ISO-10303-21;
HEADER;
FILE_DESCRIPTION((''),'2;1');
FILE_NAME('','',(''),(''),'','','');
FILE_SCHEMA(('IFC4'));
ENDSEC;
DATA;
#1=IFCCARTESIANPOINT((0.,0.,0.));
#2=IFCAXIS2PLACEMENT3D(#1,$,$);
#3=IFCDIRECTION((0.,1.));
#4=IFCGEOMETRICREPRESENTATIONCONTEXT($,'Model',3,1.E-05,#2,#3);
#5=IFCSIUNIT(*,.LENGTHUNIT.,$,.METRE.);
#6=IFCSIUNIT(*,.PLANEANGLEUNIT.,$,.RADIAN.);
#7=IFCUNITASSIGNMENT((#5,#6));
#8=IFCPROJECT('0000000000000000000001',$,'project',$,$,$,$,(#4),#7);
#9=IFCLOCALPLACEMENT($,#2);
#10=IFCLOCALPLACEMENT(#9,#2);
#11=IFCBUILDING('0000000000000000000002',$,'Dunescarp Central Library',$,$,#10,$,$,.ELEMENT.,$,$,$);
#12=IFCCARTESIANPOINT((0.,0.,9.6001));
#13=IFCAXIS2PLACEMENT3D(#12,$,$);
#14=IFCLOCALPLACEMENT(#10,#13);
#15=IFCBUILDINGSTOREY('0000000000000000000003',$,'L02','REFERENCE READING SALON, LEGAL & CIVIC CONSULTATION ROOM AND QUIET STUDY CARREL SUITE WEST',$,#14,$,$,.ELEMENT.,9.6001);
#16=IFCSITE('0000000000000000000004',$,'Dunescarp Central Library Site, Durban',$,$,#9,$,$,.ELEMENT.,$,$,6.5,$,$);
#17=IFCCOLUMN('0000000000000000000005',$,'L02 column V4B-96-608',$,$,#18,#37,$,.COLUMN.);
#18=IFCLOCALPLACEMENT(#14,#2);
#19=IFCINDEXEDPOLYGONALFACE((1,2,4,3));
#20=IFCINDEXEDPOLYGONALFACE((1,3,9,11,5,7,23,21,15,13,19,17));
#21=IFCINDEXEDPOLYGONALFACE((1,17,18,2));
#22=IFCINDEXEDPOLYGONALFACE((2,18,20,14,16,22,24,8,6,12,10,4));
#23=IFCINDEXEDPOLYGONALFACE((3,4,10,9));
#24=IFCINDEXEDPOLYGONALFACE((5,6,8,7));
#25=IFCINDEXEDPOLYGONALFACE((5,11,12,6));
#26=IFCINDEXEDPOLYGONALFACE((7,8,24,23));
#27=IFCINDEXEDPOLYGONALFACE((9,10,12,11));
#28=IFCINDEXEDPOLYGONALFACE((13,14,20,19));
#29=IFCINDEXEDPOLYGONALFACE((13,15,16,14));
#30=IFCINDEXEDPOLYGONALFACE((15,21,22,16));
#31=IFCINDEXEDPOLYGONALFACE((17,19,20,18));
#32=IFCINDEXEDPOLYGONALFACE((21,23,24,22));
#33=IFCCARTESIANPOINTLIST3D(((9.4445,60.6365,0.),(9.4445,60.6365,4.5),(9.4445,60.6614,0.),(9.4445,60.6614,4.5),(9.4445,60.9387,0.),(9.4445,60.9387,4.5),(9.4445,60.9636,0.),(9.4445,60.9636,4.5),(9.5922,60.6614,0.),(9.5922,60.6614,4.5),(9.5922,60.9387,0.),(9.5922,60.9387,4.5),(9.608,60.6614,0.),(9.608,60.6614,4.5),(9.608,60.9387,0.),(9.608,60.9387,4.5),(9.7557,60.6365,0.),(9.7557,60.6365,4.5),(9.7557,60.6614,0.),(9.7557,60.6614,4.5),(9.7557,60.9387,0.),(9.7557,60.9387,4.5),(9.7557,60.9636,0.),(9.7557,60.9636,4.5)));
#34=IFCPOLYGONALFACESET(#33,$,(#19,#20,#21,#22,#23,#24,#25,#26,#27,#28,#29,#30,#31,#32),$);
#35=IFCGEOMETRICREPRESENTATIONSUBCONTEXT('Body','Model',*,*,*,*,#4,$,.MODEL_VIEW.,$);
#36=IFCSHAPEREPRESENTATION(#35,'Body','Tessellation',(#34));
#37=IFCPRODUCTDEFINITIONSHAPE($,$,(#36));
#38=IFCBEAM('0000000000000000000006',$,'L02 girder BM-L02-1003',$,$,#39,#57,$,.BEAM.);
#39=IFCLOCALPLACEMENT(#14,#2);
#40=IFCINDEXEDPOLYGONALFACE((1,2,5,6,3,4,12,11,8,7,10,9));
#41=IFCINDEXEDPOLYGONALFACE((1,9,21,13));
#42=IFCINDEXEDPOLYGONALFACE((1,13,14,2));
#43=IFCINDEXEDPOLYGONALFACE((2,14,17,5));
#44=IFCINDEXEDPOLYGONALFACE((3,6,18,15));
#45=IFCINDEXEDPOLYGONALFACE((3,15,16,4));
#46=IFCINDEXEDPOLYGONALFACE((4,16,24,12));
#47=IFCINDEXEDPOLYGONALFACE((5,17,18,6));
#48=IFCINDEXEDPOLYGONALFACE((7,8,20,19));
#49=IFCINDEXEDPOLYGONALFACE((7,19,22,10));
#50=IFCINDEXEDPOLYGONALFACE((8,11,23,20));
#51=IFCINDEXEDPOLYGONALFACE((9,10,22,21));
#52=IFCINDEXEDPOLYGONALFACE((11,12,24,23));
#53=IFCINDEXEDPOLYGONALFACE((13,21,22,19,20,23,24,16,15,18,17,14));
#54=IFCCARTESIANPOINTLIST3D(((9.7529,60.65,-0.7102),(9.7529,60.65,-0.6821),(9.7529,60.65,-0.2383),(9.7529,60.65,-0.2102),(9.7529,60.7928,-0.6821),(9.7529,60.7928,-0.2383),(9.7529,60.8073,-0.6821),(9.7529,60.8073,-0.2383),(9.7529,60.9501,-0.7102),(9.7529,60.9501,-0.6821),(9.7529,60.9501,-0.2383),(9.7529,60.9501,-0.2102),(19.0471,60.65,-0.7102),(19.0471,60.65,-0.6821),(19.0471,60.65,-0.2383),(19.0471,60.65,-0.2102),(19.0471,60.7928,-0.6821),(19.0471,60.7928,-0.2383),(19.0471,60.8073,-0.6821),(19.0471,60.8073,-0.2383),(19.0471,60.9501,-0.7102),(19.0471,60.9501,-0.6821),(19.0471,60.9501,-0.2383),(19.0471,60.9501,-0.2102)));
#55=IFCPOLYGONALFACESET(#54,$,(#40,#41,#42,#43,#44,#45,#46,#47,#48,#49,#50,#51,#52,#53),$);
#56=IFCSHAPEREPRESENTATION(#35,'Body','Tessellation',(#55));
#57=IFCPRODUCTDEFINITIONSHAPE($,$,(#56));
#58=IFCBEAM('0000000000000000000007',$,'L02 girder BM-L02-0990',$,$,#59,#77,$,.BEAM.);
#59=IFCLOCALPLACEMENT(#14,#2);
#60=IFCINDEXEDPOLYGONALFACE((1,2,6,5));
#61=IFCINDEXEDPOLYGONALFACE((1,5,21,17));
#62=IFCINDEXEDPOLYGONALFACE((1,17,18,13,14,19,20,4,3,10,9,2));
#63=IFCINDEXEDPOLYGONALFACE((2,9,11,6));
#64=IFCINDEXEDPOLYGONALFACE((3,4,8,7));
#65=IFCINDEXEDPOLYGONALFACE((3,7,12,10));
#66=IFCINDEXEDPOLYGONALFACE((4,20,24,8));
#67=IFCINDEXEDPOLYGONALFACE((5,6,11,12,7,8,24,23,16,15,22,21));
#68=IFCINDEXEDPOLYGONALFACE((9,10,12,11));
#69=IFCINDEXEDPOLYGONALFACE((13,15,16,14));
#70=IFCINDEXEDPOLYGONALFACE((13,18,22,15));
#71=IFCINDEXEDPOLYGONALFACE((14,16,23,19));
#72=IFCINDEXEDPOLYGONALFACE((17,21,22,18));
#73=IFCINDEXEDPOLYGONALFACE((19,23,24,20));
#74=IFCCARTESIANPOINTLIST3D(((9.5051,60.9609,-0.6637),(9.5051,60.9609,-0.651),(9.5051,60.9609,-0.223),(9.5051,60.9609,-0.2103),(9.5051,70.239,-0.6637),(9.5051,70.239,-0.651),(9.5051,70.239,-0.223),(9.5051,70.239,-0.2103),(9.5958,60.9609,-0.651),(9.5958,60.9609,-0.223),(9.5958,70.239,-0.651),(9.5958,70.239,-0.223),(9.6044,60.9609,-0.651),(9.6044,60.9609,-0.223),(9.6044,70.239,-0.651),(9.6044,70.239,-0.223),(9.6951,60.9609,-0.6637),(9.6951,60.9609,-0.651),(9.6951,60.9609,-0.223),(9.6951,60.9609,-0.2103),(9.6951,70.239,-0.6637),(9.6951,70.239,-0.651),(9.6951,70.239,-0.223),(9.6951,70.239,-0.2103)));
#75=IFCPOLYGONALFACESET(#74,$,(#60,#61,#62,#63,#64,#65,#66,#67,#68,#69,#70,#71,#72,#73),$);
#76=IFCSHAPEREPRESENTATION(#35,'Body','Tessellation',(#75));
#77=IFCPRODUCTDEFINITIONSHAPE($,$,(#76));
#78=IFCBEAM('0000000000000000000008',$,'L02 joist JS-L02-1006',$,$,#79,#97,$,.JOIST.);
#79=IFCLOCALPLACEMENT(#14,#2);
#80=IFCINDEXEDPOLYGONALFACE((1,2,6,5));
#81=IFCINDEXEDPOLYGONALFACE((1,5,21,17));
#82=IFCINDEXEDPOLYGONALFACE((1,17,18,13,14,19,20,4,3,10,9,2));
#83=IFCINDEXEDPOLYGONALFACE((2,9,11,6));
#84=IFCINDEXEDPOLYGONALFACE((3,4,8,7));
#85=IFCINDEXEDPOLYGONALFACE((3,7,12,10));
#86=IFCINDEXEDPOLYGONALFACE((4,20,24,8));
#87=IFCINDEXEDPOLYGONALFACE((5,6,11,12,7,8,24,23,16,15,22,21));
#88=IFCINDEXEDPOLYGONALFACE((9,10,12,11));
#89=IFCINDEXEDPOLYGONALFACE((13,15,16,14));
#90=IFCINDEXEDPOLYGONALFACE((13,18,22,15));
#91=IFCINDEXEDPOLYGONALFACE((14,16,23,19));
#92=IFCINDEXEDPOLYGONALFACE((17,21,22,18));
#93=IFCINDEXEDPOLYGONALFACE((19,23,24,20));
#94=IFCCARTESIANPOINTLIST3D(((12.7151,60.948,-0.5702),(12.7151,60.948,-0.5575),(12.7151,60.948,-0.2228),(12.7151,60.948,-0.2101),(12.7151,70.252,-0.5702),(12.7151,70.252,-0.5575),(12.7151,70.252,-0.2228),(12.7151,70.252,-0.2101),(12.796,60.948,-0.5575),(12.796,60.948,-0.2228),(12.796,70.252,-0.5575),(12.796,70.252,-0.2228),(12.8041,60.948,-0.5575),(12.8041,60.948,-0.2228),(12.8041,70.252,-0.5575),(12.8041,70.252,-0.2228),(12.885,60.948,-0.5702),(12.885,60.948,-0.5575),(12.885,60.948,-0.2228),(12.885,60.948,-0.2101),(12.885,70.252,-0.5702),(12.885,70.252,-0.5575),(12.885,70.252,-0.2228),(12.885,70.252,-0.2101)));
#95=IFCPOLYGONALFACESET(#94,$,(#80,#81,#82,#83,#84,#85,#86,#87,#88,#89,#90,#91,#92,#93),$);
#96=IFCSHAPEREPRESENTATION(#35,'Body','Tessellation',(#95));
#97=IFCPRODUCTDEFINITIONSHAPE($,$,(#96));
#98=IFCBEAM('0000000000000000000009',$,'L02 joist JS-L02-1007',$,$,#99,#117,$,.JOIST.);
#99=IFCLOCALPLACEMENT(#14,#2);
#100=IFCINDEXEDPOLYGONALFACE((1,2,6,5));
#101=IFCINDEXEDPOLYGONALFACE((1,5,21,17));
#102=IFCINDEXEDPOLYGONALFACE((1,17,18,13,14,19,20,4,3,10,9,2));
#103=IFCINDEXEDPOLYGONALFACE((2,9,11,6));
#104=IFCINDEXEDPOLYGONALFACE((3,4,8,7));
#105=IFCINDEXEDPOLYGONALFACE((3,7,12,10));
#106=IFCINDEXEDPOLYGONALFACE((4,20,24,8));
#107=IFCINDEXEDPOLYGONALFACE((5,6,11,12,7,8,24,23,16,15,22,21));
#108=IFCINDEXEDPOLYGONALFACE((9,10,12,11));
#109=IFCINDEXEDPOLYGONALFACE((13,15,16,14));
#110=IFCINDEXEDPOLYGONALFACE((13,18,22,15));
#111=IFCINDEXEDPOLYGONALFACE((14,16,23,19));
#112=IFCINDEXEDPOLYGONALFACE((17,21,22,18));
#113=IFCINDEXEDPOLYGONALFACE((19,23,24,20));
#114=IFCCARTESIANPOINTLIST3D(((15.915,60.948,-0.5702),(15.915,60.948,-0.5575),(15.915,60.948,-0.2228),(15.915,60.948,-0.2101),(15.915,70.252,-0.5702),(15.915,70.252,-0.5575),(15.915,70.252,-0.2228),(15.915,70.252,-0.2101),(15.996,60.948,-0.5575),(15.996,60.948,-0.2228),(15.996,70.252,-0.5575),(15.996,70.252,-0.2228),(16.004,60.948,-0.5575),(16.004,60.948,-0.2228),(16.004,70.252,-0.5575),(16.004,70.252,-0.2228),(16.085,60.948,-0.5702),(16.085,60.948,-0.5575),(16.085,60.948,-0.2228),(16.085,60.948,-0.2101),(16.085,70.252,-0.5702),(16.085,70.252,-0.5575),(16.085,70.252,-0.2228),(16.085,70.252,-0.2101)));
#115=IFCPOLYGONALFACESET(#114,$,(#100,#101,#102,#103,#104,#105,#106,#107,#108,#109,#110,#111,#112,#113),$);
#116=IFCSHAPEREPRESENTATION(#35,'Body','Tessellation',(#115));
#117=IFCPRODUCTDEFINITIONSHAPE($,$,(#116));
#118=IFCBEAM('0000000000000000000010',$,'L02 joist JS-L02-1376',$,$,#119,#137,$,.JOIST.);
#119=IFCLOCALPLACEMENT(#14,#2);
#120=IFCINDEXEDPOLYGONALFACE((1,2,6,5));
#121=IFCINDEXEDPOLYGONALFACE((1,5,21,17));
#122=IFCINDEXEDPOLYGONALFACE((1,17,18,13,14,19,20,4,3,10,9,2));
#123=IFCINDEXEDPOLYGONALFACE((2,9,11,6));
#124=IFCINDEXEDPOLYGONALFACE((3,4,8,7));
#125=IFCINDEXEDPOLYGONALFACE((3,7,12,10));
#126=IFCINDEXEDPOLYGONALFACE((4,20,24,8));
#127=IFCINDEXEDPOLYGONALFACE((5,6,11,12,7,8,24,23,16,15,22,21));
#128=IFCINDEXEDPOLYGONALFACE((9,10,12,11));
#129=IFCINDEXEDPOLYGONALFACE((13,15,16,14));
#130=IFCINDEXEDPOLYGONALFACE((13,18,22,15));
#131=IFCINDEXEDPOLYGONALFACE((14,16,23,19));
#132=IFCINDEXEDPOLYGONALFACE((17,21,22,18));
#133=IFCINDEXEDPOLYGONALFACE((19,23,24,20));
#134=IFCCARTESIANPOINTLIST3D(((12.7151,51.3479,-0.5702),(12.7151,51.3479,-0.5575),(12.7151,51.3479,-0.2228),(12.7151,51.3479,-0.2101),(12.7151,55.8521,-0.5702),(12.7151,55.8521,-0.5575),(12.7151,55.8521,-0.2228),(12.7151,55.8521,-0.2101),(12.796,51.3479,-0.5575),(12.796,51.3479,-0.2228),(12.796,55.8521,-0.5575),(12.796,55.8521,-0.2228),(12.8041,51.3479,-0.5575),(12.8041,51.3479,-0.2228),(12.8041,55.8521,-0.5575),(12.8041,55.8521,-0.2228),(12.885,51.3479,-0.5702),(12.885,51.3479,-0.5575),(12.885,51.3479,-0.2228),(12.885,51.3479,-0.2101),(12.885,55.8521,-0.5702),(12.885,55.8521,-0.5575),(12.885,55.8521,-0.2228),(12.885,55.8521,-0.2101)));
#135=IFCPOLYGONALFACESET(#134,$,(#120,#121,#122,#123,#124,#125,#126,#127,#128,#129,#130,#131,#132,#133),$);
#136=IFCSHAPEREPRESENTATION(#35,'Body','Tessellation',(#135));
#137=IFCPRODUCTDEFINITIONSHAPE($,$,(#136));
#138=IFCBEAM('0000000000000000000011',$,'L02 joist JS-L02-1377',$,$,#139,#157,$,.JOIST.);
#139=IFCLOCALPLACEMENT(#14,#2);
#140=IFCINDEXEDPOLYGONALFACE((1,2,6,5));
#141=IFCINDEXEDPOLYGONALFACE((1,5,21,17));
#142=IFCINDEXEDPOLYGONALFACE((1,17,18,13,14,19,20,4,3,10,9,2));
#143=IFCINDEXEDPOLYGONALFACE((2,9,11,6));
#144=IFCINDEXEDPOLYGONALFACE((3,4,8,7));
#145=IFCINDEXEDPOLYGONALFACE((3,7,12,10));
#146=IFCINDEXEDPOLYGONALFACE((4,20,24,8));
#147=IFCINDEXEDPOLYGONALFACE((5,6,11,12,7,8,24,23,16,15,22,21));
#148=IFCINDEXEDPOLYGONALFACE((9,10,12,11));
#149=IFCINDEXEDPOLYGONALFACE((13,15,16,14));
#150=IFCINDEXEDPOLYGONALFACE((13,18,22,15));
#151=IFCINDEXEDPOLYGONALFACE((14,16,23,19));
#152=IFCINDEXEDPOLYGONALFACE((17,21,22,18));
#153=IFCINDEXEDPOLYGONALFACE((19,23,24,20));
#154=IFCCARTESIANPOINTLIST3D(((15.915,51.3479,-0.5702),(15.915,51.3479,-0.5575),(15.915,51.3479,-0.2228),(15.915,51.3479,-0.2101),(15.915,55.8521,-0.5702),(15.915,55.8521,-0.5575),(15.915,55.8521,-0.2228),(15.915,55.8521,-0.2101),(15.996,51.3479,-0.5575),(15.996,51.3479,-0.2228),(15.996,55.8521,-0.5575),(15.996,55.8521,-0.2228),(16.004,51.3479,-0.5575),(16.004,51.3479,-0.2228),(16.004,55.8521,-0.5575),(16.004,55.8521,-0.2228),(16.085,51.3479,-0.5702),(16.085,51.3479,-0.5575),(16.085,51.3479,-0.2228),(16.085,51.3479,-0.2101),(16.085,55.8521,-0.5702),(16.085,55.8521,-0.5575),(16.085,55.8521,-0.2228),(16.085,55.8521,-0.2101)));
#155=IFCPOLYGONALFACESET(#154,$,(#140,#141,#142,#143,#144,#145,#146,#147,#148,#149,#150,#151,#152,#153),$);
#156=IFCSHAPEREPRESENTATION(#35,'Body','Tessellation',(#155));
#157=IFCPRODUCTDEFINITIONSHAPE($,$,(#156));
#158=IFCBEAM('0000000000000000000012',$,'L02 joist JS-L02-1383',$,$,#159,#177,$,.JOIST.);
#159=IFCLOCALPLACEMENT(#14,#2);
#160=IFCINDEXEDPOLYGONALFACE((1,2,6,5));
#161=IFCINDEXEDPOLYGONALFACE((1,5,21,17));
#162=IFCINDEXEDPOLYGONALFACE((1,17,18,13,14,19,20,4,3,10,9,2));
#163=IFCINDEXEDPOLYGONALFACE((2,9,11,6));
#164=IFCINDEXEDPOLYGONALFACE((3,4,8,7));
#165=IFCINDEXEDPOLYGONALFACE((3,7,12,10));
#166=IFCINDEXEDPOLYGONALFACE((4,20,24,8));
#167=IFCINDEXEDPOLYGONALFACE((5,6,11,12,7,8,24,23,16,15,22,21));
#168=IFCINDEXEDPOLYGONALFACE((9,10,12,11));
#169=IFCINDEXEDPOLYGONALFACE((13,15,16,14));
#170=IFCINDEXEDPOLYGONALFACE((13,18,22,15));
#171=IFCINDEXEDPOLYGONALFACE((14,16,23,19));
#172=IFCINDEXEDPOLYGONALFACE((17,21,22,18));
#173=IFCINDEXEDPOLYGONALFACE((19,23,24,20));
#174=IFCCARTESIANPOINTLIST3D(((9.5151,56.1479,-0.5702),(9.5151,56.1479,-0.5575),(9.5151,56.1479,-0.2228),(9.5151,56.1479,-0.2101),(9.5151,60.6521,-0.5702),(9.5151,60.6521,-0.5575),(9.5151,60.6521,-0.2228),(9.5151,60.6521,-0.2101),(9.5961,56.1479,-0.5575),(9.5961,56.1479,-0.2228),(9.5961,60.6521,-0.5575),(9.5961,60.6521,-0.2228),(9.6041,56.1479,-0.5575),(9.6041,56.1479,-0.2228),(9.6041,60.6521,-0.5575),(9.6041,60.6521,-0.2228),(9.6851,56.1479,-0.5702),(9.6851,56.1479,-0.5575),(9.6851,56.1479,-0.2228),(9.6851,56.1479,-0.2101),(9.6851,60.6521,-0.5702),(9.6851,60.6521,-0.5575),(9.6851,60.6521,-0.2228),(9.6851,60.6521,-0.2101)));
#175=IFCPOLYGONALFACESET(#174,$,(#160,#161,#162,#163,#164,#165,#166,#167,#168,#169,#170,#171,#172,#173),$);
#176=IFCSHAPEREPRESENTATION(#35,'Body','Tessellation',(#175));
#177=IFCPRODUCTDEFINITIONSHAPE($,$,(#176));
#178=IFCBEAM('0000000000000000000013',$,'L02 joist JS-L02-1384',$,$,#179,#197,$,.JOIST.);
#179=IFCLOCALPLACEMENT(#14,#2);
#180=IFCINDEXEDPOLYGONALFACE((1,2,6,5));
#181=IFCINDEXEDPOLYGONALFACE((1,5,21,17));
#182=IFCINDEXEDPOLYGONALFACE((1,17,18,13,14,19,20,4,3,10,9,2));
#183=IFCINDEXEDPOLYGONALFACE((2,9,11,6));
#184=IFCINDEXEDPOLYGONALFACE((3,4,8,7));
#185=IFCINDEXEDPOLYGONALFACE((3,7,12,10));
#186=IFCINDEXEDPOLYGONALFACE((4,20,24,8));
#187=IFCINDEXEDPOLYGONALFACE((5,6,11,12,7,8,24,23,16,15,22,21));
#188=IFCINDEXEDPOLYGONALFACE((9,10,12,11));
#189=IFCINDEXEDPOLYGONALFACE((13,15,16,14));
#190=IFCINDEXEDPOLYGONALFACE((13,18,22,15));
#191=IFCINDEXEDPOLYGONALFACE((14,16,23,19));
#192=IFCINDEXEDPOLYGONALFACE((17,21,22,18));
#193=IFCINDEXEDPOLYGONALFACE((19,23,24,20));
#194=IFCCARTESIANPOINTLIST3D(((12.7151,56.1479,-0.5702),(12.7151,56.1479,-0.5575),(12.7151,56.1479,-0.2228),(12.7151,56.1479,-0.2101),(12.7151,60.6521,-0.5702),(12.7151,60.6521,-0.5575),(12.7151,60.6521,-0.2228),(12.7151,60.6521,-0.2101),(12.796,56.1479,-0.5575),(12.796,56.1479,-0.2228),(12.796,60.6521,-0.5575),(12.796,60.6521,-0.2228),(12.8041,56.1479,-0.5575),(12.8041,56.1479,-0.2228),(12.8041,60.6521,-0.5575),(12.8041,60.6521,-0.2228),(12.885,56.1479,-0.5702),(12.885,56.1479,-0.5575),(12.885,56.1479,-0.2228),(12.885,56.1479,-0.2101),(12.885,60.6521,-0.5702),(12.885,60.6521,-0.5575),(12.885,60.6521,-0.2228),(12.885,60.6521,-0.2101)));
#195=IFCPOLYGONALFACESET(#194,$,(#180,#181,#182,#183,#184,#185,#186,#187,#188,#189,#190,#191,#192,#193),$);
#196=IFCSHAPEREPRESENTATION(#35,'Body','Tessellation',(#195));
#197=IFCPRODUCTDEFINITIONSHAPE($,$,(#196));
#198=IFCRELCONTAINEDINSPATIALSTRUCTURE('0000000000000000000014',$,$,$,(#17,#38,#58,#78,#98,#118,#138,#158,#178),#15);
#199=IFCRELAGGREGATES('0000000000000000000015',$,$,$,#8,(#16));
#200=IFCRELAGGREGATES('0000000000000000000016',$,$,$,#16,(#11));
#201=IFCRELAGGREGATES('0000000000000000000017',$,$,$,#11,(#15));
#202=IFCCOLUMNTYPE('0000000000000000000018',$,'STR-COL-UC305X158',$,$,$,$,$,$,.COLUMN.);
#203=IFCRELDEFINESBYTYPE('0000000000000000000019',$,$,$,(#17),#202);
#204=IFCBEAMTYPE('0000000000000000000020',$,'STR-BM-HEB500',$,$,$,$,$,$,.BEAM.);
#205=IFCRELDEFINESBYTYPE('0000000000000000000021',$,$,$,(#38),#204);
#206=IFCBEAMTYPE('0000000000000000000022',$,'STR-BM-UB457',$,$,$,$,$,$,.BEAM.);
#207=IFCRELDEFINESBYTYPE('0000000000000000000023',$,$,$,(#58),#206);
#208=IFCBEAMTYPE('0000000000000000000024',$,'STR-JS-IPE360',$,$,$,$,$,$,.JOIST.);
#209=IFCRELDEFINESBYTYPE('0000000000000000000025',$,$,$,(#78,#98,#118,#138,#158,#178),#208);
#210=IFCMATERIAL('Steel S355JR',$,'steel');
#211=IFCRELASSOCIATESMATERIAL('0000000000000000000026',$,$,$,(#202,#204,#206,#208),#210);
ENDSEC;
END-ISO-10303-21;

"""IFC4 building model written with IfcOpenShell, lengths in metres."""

from ifc_helpers import new_model, si_unit, direction, frame, origin, origin_2d, place, context, subcontext, project, spatial, i_section, extrude, material, material_profile, profile_set, type_object, element, save


model = new_model("IFC4")

# Units and contexts
model_context = context("Model", 3, precision=1e-05, world=origin(), true_north=direction((0.0, 1.0)))
body_context = subcontext(model_context, "Body", "Model", "MODEL_VIEW")
ifc_project = project(units=[si_unit("LENGTHUNIT", "METRE"), si_unit("PLANEANGLEUNIT", "RADIAN")], contexts=[model_context])

# Site, building, storey
site_placement = place(None, origin())
site = spatial("IfcSite", under=ifc_project, at=site_placement, Name="Dunescarp Central Library Site, Durban", CompositionType="ELEMENT", RefElevation=6.5)
building_placement = place(site_placement, origin())
building = spatial("IfcBuilding", under=site, at=building_placement, Name="Dunescarp Central Library", CompositionType="ELEMENT")
storey_placement = place(building_placement, frame((0.0, 0.0, 9.6001)))
storey = spatial("IfcBuildingStorey", under=building, at=storey_placement, Name="L02", Description="REFERENCE READING SALON, LEGAL & CIVIC CONSULTATION ROOM AND QUIET STUDY CARREL SUITE WEST", CompositionType="ELEMENT", Elevation=9.6001)

# Column
ifc_material_1 = material(Name="Steel S355JR", Category="steel")
ifc_material_profile_1 = material_profile(ifc_material_1, i_section(OverallWidth=0.3113, OverallDepth=0.3271, WebThickness=0.0159, FlangeThickness=0.0249, at=origin_2d()), Name="UC 305x305x158")
ifc_profile_set_1 = profile_set([ifc_material_profile_1], Name="Steel S355JR")
column_type = type_object("IfcColumnType", Name="STR-COL-UC305X158", PredefinedType="COLUMN", material=ifc_profile_set_1)
column_placement = place(storey_placement, frame((9.6001, 60.8, 0.0), z_axis=(0.0, 0.0, 1.0), x_axis=(1.0, 0.0, 0.0)))
element("IfcColumn", 1, at=column_placement, inside=storey, type_object=column_type, Name="L02 column V4B-96-608", PredefinedType="COLUMN", context=body_context, shape_type="SweptSolid", body=[
    extrude(i_section(OverallWidth=0.3113, OverallDepth=0.3271, WebThickness=0.0159, FlangeThickness=0.0249, at=origin_2d()), origin(), (0.0, 0.0, 1.0), 4.5),
])

# Beams
ifc_material_profile_2 = material_profile(ifc_material_1, i_section(OverallWidth=0.3, OverallDepth=0.5, WebThickness=0.0144, FlangeThickness=0.0281, at=origin_2d()), Name="HEB 500")
ifc_profile_set_2 = profile_set([ifc_material_profile_2], Name="Steel S355JR")
beam_type_1 = type_object("IfcBeamType", Name="STR-BM-HEB500", PredefinedType="BEAM", material=ifc_profile_set_2)
beam_1_placement = place(storey_placement, frame((9.7529, 60.8, -0.4602), z_axis=(1.0, 0.0, 0.0), x_axis=(0.0, 1.0, 0.0)))
element("IfcBeam", 2, at=beam_1_placement, inside=storey, type_object=beam_type_1, Name="L02 girder BM-L02-1003", PredefinedType="BEAM", context=body_context, shape_type="SweptSolid", body=[
    extrude(i_section(OverallWidth=0.3, OverallDepth=0.5, WebThickness=0.0144, FlangeThickness=0.0281, at=origin_2d()), origin(), (0.0, 0.0, 1.0), 9.2942),
])
ifc_material_profile_3 = material_profile(ifc_material_1, i_section(OverallWidth=0.1899, OverallDepth=0.4534, WebThickness=0.0085, FlangeThickness=0.0127, at=origin_2d()), Name="UB 457x191x67")
ifc_profile_set_3 = profile_set([ifc_material_profile_3], Name="Steel S355JR")
beam_type_2 = type_object("IfcBeamType", Name="STR-BM-UB457", PredefinedType="BEAM", material=ifc_profile_set_3)
beam_2_placement = place(storey_placement, frame((9.6001, 60.9609, -0.437), z_axis=(0.0, 1.0, 0.0), x_axis=(-1.0, 0.0, 0.0)))
element("IfcBeam", 3, at=beam_2_placement, inside=storey, type_object=beam_type_2, Name="L02 girder BM-L02-0990", PredefinedType="BEAM", context=body_context, shape_type="SweptSolid", body=[
    extrude(i_section(OverallWidth=0.1899, OverallDepth=0.4534, WebThickness=0.0085, FlangeThickness=0.0127, at=origin_2d()), origin(), (0.0, 0.0, 1.0), 9.2781),
])
ifc_material_profile_4 = material_profile(ifc_material_1, i_section(OverallWidth=0.1699, OverallDepth=0.3601, WebThickness=0.0081, FlangeThickness=0.0127, at=origin_2d()), Name="IPE 360")
ifc_profile_set_4 = profile_set([ifc_material_profile_4], Name="Steel S355JR")
beam_type_3 = type_object("IfcBeamType", Name="STR-JS-IPE360", PredefinedType="JOIST", material=ifc_profile_set_4)
for number, where, z_axis, x_axis, name in (
    (4, (12.8, 60.948, -0.3901), (0.0, 1.0, 0.0), (-1.0, 0.0, 0.0), "L02 joist JS-L02-1006"),
    (5, (16.0, 60.948, -0.3901), (0.0, 1.0, 0.0), (-1.0, 0.0, 0.0), "L02 joist JS-L02-1007"),
):
    element("IfcBeam", number, at=place(storey_placement, frame(where, z_axis=z_axis, x_axis=x_axis)), inside=storey, type_object=beam_type_3, Name=name, PredefinedType="JOIST", context=body_context, shape_type="SweptSolid", body=[
        extrude(i_section(OverallWidth=0.1699, OverallDepth=0.3601, WebThickness=0.0081, FlangeThickness=0.0127, at=origin_2d()), origin(), (0.0, 0.0, 1.0), 9.304),
    ])
for number, where, z_axis, x_axis, name in (
    (6, (12.8, 51.3479, -0.3901), (0.0, 1.0, 0.0), (-1.0, 0.0, 0.0), "L02 joist JS-L02-1376"),
    (7, (16.0, 51.3479, -0.3901), (0.0, 1.0, 0.0), (-1.0, 0.0, 0.0), "L02 joist JS-L02-1377"),
    (8, (9.6001, 56.1479, -0.3901), (0.0, 1.0, 0.0), (-1.0, 0.0, 0.0), "L02 joist JS-L02-1383"),
    (9, (12.8, 56.1479, -0.3901), (0.0, 1.0, 0.0), (-1.0, 0.0, 0.0), "L02 joist JS-L02-1384"),
):
    element("IfcBeam", number, at=place(storey_placement, frame(where, z_axis=z_axis, x_axis=x_axis)), inside=storey, type_object=beam_type_3, Name=name, PredefinedType="JOIST", context=body_context, shape_type="SweptSolid", body=[
        extrude(i_section(OverallWidth=0.1699, OverallDepth=0.3601, WebThickness=0.0081, FlangeThickness=0.0127, at=origin_2d()), origin(), (0.0, 0.0, 1.0), 4.5042),
    ])

save(model, "model.ifc")
